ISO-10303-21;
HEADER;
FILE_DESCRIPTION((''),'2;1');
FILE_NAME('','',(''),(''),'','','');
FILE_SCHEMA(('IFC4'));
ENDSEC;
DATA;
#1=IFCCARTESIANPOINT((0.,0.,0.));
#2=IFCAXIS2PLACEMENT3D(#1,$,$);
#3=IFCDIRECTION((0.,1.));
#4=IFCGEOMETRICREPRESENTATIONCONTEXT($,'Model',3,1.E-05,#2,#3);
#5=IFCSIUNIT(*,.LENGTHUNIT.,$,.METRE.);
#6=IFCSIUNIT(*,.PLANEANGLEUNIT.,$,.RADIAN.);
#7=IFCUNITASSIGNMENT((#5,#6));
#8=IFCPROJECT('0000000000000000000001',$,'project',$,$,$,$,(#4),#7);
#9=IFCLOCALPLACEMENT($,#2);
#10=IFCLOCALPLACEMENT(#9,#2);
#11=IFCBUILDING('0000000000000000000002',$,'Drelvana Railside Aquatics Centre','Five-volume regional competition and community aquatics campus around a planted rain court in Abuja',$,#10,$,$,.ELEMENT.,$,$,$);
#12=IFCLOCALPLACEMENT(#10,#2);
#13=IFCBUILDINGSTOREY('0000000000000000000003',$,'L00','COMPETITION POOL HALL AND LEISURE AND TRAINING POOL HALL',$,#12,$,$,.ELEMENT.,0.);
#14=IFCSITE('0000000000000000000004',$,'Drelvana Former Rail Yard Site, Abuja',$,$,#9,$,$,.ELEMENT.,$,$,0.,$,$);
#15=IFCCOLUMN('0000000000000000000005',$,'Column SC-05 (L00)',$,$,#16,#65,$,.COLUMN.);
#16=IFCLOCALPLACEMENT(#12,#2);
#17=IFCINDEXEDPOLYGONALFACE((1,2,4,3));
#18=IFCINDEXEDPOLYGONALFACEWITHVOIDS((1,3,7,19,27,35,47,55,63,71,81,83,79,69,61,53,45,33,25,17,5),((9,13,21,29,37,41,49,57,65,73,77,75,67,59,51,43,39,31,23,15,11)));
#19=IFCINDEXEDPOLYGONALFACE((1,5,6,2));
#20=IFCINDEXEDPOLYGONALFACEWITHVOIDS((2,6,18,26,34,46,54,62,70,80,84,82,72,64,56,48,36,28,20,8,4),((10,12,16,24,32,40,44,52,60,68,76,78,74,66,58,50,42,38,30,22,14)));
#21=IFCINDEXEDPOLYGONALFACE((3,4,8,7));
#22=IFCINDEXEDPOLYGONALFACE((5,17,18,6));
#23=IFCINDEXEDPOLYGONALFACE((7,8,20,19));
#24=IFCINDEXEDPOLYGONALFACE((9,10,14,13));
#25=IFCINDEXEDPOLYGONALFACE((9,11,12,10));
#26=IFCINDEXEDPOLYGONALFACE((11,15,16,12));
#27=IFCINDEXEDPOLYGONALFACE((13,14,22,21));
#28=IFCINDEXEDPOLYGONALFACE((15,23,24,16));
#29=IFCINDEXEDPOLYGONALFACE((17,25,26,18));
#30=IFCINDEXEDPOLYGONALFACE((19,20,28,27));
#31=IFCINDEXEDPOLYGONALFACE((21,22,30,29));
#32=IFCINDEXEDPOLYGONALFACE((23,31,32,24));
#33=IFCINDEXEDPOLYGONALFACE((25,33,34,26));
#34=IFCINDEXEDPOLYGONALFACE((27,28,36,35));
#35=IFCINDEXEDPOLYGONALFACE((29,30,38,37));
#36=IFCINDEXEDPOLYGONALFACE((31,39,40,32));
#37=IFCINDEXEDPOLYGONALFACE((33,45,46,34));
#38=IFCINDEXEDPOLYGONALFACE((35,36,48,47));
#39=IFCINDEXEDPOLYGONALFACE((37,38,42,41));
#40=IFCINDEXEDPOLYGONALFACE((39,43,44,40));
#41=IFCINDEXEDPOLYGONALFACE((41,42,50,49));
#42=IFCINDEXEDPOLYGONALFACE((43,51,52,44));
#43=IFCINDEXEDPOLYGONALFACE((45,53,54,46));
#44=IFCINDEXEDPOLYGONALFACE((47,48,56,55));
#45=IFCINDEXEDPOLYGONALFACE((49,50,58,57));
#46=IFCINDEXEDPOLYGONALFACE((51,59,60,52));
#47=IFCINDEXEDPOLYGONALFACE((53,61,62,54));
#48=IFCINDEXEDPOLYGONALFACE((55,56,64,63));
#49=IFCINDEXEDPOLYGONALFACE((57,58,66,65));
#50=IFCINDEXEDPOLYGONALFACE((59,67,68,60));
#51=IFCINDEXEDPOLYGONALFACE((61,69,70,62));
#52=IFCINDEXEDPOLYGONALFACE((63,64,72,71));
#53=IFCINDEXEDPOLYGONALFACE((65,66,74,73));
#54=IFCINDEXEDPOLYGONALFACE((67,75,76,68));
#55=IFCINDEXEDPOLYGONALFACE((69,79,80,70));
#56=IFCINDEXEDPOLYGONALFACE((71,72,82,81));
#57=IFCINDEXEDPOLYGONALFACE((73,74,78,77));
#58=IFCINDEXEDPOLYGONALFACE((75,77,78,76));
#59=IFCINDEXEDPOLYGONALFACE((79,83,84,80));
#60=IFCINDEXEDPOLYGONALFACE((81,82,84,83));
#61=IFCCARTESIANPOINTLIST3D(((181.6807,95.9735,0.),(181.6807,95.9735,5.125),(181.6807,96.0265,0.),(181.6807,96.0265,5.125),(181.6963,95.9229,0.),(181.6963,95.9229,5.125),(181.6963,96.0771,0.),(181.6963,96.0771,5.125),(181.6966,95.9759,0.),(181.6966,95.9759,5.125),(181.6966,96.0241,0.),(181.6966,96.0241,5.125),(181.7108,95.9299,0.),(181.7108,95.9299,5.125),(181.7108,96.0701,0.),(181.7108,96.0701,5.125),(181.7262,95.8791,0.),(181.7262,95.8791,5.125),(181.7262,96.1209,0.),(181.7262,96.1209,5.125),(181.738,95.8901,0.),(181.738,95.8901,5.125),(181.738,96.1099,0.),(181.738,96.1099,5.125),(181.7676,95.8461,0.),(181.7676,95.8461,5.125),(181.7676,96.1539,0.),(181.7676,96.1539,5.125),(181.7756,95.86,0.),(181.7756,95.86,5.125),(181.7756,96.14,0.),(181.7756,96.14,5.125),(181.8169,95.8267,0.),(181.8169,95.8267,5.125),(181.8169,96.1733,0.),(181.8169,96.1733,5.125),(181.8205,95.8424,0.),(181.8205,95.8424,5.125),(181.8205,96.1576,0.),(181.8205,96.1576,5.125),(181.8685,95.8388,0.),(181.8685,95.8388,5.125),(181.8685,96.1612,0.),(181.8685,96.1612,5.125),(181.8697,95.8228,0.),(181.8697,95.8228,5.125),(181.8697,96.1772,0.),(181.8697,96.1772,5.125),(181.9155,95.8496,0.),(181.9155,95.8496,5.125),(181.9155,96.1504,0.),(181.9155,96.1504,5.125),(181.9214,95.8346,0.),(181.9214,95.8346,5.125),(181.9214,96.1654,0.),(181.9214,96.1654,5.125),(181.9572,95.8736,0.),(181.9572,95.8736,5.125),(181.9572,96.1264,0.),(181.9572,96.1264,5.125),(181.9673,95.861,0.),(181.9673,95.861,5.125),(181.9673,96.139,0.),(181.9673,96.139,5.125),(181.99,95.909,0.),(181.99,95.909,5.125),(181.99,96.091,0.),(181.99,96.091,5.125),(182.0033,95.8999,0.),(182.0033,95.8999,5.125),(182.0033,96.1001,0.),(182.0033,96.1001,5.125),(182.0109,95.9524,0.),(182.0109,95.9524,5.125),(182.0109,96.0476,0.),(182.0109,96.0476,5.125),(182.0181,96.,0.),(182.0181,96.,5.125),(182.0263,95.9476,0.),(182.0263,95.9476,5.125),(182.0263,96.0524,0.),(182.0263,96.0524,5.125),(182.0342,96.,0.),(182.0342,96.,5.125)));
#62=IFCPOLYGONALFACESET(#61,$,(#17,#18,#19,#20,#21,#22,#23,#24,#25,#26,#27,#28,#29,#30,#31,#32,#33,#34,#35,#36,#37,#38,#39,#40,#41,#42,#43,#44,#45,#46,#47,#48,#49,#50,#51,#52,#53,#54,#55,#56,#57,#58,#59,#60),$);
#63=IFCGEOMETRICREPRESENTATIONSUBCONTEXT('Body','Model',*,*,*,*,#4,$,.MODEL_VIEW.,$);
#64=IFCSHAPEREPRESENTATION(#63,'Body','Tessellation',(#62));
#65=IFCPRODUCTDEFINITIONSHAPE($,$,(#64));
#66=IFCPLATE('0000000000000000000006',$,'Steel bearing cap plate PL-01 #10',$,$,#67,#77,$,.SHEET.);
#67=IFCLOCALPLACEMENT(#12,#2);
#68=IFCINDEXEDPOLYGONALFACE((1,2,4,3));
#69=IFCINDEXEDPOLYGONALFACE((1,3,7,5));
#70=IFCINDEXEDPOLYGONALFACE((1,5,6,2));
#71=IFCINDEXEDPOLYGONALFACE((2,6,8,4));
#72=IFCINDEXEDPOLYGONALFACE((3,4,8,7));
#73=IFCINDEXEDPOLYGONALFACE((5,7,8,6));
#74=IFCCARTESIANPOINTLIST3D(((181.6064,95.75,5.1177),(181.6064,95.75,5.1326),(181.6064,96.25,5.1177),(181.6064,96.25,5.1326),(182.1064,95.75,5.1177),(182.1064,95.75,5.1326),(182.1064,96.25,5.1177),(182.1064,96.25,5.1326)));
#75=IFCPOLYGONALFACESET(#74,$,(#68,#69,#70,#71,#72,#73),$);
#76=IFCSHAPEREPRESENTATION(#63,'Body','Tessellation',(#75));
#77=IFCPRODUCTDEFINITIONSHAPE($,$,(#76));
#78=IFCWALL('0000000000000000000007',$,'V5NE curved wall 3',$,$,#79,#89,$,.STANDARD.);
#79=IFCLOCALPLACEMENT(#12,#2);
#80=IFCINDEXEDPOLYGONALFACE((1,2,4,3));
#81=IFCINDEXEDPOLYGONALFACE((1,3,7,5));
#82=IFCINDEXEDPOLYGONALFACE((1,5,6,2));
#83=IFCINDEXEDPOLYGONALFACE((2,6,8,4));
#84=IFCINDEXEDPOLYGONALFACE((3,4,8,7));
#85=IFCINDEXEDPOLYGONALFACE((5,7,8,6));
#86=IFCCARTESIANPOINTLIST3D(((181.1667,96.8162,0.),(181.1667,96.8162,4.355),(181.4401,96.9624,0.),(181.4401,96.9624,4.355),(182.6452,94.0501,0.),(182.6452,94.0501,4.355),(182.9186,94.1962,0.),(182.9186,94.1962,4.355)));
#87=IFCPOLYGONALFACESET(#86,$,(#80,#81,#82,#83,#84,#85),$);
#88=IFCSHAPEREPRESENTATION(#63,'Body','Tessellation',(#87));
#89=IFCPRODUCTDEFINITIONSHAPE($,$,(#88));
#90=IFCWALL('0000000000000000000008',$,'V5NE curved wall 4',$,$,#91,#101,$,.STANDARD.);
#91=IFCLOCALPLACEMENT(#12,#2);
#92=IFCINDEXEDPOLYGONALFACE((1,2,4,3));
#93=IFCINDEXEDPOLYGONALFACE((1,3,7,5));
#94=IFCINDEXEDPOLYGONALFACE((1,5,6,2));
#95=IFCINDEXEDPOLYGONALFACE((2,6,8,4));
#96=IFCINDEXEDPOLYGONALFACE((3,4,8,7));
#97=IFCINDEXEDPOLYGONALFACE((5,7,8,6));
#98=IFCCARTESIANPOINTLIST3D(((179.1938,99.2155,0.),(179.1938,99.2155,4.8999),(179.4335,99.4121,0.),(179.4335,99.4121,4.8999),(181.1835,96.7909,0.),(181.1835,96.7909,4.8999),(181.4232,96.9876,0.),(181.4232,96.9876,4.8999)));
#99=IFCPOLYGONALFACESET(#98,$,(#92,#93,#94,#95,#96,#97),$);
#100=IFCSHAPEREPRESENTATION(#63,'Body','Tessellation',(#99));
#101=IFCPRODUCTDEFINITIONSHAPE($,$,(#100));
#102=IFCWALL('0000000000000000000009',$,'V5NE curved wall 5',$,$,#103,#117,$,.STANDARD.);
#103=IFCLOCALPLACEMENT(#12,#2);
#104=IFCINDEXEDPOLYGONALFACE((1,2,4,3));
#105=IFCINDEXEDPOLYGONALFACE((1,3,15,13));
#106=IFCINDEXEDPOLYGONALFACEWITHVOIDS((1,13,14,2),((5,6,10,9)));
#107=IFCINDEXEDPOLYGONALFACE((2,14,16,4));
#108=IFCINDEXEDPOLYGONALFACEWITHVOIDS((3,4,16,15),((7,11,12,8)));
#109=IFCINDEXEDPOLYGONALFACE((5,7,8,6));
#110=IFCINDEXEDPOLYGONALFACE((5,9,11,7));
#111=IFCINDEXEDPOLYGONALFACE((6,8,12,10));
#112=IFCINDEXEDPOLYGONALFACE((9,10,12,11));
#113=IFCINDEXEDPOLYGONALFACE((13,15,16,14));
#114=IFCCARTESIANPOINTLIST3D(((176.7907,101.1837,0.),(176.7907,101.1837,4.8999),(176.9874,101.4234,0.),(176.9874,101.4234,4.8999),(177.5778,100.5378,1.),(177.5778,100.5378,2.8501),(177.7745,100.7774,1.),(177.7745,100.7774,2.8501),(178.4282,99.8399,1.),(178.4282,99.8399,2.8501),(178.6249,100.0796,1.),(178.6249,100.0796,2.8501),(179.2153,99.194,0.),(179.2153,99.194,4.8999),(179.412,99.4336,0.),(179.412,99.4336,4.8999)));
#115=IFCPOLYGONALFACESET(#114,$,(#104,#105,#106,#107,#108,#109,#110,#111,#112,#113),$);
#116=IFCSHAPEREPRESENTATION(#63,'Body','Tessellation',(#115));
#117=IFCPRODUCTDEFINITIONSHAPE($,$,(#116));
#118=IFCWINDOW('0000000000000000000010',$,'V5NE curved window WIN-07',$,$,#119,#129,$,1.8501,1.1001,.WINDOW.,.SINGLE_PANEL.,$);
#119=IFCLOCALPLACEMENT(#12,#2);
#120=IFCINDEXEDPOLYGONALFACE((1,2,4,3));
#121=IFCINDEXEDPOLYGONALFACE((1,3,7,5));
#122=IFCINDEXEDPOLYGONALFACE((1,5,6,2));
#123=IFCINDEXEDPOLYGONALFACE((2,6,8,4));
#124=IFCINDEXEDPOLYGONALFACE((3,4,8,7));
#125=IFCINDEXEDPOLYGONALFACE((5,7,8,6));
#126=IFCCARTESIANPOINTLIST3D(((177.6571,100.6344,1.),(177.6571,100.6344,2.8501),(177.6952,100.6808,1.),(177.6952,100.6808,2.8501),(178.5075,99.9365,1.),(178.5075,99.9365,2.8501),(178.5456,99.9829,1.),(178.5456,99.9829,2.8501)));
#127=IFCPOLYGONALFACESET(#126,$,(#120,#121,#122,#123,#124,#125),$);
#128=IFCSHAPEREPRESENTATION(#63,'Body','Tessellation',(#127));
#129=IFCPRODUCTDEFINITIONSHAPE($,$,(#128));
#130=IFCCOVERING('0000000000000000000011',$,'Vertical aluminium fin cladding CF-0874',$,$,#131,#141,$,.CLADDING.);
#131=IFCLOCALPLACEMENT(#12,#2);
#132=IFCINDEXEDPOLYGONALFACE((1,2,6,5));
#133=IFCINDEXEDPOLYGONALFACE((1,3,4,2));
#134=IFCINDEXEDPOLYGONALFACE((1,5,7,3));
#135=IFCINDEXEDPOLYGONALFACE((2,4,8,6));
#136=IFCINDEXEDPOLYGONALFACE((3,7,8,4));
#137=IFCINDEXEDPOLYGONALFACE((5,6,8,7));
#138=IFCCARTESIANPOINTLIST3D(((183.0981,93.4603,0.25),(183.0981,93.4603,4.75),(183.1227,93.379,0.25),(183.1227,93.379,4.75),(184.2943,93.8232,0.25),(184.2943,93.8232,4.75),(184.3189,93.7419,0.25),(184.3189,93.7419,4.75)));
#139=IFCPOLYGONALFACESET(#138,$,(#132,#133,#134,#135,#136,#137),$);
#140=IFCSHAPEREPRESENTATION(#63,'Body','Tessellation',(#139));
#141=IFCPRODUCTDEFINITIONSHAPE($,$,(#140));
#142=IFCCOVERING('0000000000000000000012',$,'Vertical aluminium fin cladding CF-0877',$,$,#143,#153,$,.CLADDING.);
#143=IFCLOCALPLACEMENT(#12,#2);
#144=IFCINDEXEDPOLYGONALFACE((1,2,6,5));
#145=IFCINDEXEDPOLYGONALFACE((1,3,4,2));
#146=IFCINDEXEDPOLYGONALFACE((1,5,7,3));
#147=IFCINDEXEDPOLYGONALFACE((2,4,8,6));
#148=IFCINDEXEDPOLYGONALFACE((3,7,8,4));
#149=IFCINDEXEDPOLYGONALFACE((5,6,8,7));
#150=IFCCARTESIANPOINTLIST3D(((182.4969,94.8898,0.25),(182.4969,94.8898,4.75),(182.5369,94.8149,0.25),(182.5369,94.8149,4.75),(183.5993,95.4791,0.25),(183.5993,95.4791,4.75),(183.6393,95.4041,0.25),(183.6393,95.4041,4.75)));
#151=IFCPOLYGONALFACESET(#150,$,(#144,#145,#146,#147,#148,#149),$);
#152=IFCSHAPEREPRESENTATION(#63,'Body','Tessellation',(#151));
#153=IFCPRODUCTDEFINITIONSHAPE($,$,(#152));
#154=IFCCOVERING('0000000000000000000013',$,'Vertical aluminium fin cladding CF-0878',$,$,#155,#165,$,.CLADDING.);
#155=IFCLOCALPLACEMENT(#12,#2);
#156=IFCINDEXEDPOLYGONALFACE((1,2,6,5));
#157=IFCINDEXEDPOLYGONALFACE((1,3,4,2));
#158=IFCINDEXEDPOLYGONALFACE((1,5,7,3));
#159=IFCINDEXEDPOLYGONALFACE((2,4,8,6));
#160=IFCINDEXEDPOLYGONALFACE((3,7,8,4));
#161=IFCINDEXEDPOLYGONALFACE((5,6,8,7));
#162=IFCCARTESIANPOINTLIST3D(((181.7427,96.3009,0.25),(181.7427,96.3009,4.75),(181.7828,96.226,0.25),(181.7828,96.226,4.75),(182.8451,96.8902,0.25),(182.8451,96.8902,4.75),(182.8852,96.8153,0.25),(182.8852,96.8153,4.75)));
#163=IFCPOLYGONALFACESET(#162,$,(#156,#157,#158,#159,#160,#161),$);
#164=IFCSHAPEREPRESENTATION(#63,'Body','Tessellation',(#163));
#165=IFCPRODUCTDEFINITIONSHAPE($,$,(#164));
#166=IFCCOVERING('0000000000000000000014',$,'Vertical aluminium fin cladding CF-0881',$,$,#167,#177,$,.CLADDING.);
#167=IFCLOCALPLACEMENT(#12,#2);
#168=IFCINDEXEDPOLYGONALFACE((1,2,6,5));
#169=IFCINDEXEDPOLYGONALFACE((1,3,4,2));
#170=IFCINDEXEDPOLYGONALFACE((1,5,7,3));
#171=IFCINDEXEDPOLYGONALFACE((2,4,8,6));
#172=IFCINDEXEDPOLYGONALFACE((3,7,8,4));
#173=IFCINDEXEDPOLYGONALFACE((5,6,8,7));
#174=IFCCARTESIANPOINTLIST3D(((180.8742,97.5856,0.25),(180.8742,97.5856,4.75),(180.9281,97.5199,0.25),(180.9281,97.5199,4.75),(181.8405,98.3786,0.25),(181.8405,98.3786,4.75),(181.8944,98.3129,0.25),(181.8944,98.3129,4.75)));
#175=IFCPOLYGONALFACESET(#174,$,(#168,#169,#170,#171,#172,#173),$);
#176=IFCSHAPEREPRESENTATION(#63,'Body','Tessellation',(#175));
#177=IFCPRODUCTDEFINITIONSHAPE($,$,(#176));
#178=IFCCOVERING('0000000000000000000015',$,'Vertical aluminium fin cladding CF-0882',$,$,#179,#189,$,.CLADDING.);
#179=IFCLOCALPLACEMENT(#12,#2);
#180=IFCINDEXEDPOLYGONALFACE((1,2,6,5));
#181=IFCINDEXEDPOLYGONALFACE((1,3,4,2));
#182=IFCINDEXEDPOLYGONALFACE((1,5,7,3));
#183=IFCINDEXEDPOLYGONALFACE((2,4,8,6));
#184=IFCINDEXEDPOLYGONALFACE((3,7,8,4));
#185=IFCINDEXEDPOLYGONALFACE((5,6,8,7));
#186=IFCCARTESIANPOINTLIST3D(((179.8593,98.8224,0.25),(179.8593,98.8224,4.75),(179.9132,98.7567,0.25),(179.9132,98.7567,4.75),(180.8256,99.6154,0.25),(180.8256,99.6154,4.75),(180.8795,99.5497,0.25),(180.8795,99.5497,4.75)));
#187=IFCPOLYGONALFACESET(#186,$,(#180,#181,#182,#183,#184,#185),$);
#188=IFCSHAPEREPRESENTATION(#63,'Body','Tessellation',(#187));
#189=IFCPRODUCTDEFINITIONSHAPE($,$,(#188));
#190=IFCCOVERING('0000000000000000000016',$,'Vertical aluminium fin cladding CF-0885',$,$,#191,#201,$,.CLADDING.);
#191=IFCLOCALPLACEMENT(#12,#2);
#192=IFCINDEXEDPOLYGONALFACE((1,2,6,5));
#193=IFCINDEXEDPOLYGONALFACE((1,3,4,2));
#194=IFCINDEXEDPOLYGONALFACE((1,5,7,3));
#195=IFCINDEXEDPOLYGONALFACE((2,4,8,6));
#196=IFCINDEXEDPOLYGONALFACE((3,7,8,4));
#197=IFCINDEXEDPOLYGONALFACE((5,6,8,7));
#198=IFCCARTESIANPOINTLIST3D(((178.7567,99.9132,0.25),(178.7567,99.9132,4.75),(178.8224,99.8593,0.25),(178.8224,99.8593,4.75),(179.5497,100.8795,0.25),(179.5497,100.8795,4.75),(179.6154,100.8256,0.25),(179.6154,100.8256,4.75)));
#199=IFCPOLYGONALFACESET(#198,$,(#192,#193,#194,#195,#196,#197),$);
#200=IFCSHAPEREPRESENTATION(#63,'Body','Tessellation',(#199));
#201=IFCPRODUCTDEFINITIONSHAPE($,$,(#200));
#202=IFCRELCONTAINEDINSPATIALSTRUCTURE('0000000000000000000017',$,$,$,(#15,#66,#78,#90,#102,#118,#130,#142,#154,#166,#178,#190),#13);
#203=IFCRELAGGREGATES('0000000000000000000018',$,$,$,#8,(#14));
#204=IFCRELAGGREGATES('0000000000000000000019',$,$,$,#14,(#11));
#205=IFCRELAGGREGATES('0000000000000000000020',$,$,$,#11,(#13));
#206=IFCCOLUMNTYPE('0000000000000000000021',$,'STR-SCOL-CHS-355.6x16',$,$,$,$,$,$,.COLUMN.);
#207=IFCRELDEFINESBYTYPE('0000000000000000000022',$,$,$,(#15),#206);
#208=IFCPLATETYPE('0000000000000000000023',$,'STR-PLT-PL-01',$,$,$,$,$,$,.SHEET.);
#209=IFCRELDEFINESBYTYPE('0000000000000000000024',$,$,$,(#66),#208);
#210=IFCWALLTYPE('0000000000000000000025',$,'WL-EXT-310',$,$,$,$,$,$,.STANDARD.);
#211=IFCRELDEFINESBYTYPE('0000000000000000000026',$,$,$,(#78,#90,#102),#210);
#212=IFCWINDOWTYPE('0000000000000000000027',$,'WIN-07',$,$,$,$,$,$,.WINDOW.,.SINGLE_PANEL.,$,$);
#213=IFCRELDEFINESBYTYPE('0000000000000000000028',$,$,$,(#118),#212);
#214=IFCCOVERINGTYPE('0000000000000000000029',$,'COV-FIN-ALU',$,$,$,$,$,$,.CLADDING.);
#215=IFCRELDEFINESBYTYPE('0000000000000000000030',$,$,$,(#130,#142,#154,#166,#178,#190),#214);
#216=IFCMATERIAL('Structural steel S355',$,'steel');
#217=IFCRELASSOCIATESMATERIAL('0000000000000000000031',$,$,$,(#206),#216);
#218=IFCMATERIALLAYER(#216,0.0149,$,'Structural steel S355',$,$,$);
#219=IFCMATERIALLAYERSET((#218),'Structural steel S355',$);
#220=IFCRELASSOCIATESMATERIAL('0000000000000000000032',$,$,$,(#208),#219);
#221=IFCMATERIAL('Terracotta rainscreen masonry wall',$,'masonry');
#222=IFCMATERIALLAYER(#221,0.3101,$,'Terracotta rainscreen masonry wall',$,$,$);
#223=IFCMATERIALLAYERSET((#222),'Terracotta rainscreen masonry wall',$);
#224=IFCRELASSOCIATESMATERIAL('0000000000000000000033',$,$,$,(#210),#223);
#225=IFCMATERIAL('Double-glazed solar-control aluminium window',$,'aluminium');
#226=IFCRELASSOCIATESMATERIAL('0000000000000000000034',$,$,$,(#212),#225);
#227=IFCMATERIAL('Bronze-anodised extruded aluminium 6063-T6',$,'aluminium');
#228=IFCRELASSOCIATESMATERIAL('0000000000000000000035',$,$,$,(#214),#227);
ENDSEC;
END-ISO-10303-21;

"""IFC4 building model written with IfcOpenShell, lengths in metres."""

from ifc_helpers import new_model, si_unit, direction, frame, frame_2d, origin, origin_2d, place, context, subcontext, project, spatial, rectangle, hollow_circle, extrude, material, layer, layer_set, material_profile, profile_set, type_object, element, fill, save


model = new_model("IFC4")

# Units and contexts
model_context = context("Model", 3, precision=1e-05, world=origin(), true_north=direction((0.0, 1.0)))
body_context = subcontext(model_context, "Body", "Model", "MODEL_VIEW")
ifc_project = project(units=[si_unit("LENGTHUNIT", "METRE"), si_unit("PLANEANGLEUNIT", "RADIAN")], contexts=[model_context])

# Site, building, storey
site_placement = place(None, origin())
site = spatial("IfcSite", under=ifc_project, at=site_placement, Name="Drelvana Former Rail Yard Site, Abuja", CompositionType="ELEMENT", RefElevation=0.0)
building_placement = place(site_placement, origin())
building = spatial("IfcBuilding", under=site, at=building_placement, Name="Drelvana Railside Aquatics Centre", Description="Five-volume regional competition and community aquatics campus around a planted rain court in Abuja", CompositionType="ELEMENT")
storey_placement = place(building_placement, origin())
storey = spatial("IfcBuildingStorey", under=building, at=storey_placement, Name="L00", Description="COMPETITION POOL HALL AND LEISURE AND TRAINING POOL HALL", CompositionType="ELEMENT", Elevation=0.0)

# Column
ifc_material_1 = material(Name="Structural steel S355", Category="steel")
ifc_material_profile = material_profile(ifc_material_1, hollow_circle(Radius=0.1777, WallThickness=0.0161, at=origin_2d()), Name="CHS 355.6x16")
ifc_profile_set = profile_set([ifc_material_profile], Name="Structural steel S355")
column_type = type_object("IfcColumnType", Name="STR-SCOL-CHS-355.6x16", PredefinedType="COLUMN", material=ifc_profile_set)
column_placement = place(storey_placement, frame((181.8564, 96.0, 0.0), z_axis=(0.0, 0.0, 1.0), x_axis=(1.0, 0.0, 0.0)))
element("IfcColumn", 1, at=column_placement, inside=storey, type_object=column_type, Name="Column SC-05 (L00)", PredefinedType="COLUMN", context=body_context, shape_type="SweptSolid", body=[
    extrude(hollow_circle(Radius=0.1777, WallThickness=0.0161, at=origin_2d()), origin(), (0.0, 0.0, 1.0), 5.125),
])

# Plate
ifc_layer_1 = layer(ifc_material_1, 0.0149, Name="Structural steel S355")
ifc_layer_set_1 = layer_set([ifc_layer_1], Name="Structural steel S355")
plate_type = type_object("IfcPlateType", Name="STR-PLT-PL-01", PredefinedType="SHEET", material=ifc_layer_set_1)
plate_placement = place(storey_placement, frame((181.8564, 96.0, 5.1177), z_axis=(0.0, 0.0, 1.0), x_axis=(1.0, 0.0, 0.0)))
element("IfcPlate", 2, at=plate_placement, inside=storey, type_object=plate_type, Name="Steel bearing cap plate PL-01 #10", PredefinedType="SHEET", context=body_context, shape_type="SweptSolid", body=[
    extrude(rectangle(XDim=0.5, YDim=0.5, at=origin_2d()), origin(), (0.0, 0.0, 1.0), 0.0149),
])

# Walls
ifc_material_2 = material(Name="Terracotta rainscreen masonry wall", Category="masonry")
ifc_layer_2 = layer(ifc_material_2, 0.3101, Name="Terracotta rainscreen masonry wall")
ifc_layer_set_2 = layer_set([ifc_layer_2], Name="Terracotta rainscreen masonry wall")
wall_type = type_object("IfcWallType", Name="WL-EXT-310", PredefinedType="STANDARD", material=ifc_layer_set_2)
wall_1_placement = place(storey_placement, frame((182.782, 94.123, 0.0), z_axis=(0.0, 0.0, 1.0), x_axis=(-0.471396, 0.881922, 0.0)))
element("IfcWall", 3, at=wall_1_placement, inside=storey, type_object=wall_type, Name="V5NE curved wall 3", PredefinedType="STANDARD", context=body_context, shape_type="SweptSolid", body=[
    extrude(rectangle(XDim=3.1365, YDim=0.3101, at=frame_2d((1.5684, 0.0))), origin(), (0.0, 0.0, 1.0), 4.355),
])
wall_2_placement = place(storey_placement, frame((181.3035, 96.8892, 0.0), z_axis=(0.0, 0.0, 1.0), x_axis=(-0.634386, 0.773017, 0.0)))
element("IfcWall", 4, at=wall_2_placement, inside=storey, type_object=wall_type, Name="V5NE curved wall 4", PredefinedType="STANDARD", context=body_context, shape_type="SweptSolid", body=[
    extrude(rectangle(XDim=3.1365, YDim=0.3101, at=frame_2d((1.5684, 0.0))), origin(), (0.0, 0.0, 1.0), 4.8999),
])

# Wall, opening, window
wall_3_placement = place(storey_placement, frame((179.3137, 99.3137, 0.0), z_axis=(0.0, 0.0, 1.0), x_axis=(-0.773017, 0.634386, 0.0)))
wall_3 = element("IfcWall", 5, at=wall_3_placement, inside=storey, type_object=wall_type, Name="V5NE curved wall 5", PredefinedType="STANDARD", context=body_context, shape_type="SweptSolid", body=[
    extrude(rectangle(XDim=3.1365, YDim=0.3101, at=frame_2d((1.5684, 0.0))), origin(), (0.0, 0.0, 1.0), 4.8999),
])
opening_placement = place(wall_3_placement, frame((1.0183, 0.0, 1.0)))
opening = element("IfcOpeningElement", 6, at=opening_placement, cuts=wall_3, PredefinedType="OPENING", context=body_context, shape_type="SweptSolid", body=[
    extrude(rectangle(XDim=1.1001, YDim=1.8501, at=frame_2d((0.55, 0.925))), frame((0.0, 0.165, 0.0), z_axis=(0.0, -1.0, 0.0), x_axis=(1.0, 0.0, 0.0)), (0.0, 0.0, 1.0), 0.3301),
])
ifc_material_3 = material(Name="Double-glazed solar-control aluminium window", Category="aluminium")
window_type = type_object("IfcWindowType", Name="WIN-07", PartitioningType="SINGLE_PANEL", PredefinedType="WINDOW", material=ifc_material_3)
window_placement = place(opening_placement, origin())
window = element("IfcWindow", 7, at=window_placement, inside=storey, type_object=window_type, Name="V5NE curved window WIN-07", OverallHeight=1.8501, OverallWidth=1.1001, PartitioningType="SINGLE_PANEL", PredefinedType="WINDOW", context=body_context, shape_type="SweptSolid", body=[
    extrude(rectangle(XDim=1.1001, YDim=1.8501, at=frame_2d((0.55, 0.925))), frame((0.0, 0.03, 0.0), z_axis=(0.0, -1.0, 0.0), x_axis=(1.0, 0.0, 0.0)), (0.0, 0.0, 1.0), 0.0601),
])
fill(opening, window)

# Coverings
ifc_material_4 = material(Name="Bronze-anodised extruded aluminium 6063-T6", Category="aluminium")
covering_type = type_object("IfcCoveringType", Name="COV-FIN-ALU", PredefinedType="CLADDING", material=ifc_material_4)
for number, where, z_axis, x_axis, name in (
    (8, (183.7085, 93.6011, 0.25), (0.0, 0.0, 1.0), (0.290285, -0.95694, 0.0), "Vertical aluminium fin cladding CF-0874"),
    (9, (183.0681, 95.147, 0.25), (0.0, 0.0, 1.0), (0.471397, -0.881921, 0.0), "Vertical aluminium fin cladding CF-0877"),
    (10, (182.314, 96.5581, 0.25), (0.0, 0.0, 1.0), (0.471397, -0.881921, 0.0), "Vertical aluminium fin cladding CF-0878"),
    (11, (181.3843, 97.9492, 0.25), (0.0, 0.0, 1.0), (0.634393, -0.77301, 0.0), "Vertical aluminium fin cladding CF-0881"),
    (12, (180.3694, 99.186, 0.25), (0.0, 0.0, 1.0), (0.634393, -0.77301, 0.0), "Vertical aluminium fin cladding CF-0882"),
    (13, (179.186, 100.3694, 0.25), (0.0, 0.0, 1.0), (0.77301, -0.634393, 0.0), "Vertical aluminium fin cladding CF-0885"),
):
    element("IfcCovering", number, at=place(storey_placement, frame(where, z_axis=z_axis, x_axis=x_axis)), inside=storey, type_object=covering_type, Name=name, PredefinedType="CLADDING", context=body_context, shape_type="SweptSolid", body=[
        extrude(rectangle(XDim=0.085, YDim=1.25, at=origin_2d()), origin(), (0.0, 0.0, 1.0), 4.5),
    ])

save(model, "model.ifc")
